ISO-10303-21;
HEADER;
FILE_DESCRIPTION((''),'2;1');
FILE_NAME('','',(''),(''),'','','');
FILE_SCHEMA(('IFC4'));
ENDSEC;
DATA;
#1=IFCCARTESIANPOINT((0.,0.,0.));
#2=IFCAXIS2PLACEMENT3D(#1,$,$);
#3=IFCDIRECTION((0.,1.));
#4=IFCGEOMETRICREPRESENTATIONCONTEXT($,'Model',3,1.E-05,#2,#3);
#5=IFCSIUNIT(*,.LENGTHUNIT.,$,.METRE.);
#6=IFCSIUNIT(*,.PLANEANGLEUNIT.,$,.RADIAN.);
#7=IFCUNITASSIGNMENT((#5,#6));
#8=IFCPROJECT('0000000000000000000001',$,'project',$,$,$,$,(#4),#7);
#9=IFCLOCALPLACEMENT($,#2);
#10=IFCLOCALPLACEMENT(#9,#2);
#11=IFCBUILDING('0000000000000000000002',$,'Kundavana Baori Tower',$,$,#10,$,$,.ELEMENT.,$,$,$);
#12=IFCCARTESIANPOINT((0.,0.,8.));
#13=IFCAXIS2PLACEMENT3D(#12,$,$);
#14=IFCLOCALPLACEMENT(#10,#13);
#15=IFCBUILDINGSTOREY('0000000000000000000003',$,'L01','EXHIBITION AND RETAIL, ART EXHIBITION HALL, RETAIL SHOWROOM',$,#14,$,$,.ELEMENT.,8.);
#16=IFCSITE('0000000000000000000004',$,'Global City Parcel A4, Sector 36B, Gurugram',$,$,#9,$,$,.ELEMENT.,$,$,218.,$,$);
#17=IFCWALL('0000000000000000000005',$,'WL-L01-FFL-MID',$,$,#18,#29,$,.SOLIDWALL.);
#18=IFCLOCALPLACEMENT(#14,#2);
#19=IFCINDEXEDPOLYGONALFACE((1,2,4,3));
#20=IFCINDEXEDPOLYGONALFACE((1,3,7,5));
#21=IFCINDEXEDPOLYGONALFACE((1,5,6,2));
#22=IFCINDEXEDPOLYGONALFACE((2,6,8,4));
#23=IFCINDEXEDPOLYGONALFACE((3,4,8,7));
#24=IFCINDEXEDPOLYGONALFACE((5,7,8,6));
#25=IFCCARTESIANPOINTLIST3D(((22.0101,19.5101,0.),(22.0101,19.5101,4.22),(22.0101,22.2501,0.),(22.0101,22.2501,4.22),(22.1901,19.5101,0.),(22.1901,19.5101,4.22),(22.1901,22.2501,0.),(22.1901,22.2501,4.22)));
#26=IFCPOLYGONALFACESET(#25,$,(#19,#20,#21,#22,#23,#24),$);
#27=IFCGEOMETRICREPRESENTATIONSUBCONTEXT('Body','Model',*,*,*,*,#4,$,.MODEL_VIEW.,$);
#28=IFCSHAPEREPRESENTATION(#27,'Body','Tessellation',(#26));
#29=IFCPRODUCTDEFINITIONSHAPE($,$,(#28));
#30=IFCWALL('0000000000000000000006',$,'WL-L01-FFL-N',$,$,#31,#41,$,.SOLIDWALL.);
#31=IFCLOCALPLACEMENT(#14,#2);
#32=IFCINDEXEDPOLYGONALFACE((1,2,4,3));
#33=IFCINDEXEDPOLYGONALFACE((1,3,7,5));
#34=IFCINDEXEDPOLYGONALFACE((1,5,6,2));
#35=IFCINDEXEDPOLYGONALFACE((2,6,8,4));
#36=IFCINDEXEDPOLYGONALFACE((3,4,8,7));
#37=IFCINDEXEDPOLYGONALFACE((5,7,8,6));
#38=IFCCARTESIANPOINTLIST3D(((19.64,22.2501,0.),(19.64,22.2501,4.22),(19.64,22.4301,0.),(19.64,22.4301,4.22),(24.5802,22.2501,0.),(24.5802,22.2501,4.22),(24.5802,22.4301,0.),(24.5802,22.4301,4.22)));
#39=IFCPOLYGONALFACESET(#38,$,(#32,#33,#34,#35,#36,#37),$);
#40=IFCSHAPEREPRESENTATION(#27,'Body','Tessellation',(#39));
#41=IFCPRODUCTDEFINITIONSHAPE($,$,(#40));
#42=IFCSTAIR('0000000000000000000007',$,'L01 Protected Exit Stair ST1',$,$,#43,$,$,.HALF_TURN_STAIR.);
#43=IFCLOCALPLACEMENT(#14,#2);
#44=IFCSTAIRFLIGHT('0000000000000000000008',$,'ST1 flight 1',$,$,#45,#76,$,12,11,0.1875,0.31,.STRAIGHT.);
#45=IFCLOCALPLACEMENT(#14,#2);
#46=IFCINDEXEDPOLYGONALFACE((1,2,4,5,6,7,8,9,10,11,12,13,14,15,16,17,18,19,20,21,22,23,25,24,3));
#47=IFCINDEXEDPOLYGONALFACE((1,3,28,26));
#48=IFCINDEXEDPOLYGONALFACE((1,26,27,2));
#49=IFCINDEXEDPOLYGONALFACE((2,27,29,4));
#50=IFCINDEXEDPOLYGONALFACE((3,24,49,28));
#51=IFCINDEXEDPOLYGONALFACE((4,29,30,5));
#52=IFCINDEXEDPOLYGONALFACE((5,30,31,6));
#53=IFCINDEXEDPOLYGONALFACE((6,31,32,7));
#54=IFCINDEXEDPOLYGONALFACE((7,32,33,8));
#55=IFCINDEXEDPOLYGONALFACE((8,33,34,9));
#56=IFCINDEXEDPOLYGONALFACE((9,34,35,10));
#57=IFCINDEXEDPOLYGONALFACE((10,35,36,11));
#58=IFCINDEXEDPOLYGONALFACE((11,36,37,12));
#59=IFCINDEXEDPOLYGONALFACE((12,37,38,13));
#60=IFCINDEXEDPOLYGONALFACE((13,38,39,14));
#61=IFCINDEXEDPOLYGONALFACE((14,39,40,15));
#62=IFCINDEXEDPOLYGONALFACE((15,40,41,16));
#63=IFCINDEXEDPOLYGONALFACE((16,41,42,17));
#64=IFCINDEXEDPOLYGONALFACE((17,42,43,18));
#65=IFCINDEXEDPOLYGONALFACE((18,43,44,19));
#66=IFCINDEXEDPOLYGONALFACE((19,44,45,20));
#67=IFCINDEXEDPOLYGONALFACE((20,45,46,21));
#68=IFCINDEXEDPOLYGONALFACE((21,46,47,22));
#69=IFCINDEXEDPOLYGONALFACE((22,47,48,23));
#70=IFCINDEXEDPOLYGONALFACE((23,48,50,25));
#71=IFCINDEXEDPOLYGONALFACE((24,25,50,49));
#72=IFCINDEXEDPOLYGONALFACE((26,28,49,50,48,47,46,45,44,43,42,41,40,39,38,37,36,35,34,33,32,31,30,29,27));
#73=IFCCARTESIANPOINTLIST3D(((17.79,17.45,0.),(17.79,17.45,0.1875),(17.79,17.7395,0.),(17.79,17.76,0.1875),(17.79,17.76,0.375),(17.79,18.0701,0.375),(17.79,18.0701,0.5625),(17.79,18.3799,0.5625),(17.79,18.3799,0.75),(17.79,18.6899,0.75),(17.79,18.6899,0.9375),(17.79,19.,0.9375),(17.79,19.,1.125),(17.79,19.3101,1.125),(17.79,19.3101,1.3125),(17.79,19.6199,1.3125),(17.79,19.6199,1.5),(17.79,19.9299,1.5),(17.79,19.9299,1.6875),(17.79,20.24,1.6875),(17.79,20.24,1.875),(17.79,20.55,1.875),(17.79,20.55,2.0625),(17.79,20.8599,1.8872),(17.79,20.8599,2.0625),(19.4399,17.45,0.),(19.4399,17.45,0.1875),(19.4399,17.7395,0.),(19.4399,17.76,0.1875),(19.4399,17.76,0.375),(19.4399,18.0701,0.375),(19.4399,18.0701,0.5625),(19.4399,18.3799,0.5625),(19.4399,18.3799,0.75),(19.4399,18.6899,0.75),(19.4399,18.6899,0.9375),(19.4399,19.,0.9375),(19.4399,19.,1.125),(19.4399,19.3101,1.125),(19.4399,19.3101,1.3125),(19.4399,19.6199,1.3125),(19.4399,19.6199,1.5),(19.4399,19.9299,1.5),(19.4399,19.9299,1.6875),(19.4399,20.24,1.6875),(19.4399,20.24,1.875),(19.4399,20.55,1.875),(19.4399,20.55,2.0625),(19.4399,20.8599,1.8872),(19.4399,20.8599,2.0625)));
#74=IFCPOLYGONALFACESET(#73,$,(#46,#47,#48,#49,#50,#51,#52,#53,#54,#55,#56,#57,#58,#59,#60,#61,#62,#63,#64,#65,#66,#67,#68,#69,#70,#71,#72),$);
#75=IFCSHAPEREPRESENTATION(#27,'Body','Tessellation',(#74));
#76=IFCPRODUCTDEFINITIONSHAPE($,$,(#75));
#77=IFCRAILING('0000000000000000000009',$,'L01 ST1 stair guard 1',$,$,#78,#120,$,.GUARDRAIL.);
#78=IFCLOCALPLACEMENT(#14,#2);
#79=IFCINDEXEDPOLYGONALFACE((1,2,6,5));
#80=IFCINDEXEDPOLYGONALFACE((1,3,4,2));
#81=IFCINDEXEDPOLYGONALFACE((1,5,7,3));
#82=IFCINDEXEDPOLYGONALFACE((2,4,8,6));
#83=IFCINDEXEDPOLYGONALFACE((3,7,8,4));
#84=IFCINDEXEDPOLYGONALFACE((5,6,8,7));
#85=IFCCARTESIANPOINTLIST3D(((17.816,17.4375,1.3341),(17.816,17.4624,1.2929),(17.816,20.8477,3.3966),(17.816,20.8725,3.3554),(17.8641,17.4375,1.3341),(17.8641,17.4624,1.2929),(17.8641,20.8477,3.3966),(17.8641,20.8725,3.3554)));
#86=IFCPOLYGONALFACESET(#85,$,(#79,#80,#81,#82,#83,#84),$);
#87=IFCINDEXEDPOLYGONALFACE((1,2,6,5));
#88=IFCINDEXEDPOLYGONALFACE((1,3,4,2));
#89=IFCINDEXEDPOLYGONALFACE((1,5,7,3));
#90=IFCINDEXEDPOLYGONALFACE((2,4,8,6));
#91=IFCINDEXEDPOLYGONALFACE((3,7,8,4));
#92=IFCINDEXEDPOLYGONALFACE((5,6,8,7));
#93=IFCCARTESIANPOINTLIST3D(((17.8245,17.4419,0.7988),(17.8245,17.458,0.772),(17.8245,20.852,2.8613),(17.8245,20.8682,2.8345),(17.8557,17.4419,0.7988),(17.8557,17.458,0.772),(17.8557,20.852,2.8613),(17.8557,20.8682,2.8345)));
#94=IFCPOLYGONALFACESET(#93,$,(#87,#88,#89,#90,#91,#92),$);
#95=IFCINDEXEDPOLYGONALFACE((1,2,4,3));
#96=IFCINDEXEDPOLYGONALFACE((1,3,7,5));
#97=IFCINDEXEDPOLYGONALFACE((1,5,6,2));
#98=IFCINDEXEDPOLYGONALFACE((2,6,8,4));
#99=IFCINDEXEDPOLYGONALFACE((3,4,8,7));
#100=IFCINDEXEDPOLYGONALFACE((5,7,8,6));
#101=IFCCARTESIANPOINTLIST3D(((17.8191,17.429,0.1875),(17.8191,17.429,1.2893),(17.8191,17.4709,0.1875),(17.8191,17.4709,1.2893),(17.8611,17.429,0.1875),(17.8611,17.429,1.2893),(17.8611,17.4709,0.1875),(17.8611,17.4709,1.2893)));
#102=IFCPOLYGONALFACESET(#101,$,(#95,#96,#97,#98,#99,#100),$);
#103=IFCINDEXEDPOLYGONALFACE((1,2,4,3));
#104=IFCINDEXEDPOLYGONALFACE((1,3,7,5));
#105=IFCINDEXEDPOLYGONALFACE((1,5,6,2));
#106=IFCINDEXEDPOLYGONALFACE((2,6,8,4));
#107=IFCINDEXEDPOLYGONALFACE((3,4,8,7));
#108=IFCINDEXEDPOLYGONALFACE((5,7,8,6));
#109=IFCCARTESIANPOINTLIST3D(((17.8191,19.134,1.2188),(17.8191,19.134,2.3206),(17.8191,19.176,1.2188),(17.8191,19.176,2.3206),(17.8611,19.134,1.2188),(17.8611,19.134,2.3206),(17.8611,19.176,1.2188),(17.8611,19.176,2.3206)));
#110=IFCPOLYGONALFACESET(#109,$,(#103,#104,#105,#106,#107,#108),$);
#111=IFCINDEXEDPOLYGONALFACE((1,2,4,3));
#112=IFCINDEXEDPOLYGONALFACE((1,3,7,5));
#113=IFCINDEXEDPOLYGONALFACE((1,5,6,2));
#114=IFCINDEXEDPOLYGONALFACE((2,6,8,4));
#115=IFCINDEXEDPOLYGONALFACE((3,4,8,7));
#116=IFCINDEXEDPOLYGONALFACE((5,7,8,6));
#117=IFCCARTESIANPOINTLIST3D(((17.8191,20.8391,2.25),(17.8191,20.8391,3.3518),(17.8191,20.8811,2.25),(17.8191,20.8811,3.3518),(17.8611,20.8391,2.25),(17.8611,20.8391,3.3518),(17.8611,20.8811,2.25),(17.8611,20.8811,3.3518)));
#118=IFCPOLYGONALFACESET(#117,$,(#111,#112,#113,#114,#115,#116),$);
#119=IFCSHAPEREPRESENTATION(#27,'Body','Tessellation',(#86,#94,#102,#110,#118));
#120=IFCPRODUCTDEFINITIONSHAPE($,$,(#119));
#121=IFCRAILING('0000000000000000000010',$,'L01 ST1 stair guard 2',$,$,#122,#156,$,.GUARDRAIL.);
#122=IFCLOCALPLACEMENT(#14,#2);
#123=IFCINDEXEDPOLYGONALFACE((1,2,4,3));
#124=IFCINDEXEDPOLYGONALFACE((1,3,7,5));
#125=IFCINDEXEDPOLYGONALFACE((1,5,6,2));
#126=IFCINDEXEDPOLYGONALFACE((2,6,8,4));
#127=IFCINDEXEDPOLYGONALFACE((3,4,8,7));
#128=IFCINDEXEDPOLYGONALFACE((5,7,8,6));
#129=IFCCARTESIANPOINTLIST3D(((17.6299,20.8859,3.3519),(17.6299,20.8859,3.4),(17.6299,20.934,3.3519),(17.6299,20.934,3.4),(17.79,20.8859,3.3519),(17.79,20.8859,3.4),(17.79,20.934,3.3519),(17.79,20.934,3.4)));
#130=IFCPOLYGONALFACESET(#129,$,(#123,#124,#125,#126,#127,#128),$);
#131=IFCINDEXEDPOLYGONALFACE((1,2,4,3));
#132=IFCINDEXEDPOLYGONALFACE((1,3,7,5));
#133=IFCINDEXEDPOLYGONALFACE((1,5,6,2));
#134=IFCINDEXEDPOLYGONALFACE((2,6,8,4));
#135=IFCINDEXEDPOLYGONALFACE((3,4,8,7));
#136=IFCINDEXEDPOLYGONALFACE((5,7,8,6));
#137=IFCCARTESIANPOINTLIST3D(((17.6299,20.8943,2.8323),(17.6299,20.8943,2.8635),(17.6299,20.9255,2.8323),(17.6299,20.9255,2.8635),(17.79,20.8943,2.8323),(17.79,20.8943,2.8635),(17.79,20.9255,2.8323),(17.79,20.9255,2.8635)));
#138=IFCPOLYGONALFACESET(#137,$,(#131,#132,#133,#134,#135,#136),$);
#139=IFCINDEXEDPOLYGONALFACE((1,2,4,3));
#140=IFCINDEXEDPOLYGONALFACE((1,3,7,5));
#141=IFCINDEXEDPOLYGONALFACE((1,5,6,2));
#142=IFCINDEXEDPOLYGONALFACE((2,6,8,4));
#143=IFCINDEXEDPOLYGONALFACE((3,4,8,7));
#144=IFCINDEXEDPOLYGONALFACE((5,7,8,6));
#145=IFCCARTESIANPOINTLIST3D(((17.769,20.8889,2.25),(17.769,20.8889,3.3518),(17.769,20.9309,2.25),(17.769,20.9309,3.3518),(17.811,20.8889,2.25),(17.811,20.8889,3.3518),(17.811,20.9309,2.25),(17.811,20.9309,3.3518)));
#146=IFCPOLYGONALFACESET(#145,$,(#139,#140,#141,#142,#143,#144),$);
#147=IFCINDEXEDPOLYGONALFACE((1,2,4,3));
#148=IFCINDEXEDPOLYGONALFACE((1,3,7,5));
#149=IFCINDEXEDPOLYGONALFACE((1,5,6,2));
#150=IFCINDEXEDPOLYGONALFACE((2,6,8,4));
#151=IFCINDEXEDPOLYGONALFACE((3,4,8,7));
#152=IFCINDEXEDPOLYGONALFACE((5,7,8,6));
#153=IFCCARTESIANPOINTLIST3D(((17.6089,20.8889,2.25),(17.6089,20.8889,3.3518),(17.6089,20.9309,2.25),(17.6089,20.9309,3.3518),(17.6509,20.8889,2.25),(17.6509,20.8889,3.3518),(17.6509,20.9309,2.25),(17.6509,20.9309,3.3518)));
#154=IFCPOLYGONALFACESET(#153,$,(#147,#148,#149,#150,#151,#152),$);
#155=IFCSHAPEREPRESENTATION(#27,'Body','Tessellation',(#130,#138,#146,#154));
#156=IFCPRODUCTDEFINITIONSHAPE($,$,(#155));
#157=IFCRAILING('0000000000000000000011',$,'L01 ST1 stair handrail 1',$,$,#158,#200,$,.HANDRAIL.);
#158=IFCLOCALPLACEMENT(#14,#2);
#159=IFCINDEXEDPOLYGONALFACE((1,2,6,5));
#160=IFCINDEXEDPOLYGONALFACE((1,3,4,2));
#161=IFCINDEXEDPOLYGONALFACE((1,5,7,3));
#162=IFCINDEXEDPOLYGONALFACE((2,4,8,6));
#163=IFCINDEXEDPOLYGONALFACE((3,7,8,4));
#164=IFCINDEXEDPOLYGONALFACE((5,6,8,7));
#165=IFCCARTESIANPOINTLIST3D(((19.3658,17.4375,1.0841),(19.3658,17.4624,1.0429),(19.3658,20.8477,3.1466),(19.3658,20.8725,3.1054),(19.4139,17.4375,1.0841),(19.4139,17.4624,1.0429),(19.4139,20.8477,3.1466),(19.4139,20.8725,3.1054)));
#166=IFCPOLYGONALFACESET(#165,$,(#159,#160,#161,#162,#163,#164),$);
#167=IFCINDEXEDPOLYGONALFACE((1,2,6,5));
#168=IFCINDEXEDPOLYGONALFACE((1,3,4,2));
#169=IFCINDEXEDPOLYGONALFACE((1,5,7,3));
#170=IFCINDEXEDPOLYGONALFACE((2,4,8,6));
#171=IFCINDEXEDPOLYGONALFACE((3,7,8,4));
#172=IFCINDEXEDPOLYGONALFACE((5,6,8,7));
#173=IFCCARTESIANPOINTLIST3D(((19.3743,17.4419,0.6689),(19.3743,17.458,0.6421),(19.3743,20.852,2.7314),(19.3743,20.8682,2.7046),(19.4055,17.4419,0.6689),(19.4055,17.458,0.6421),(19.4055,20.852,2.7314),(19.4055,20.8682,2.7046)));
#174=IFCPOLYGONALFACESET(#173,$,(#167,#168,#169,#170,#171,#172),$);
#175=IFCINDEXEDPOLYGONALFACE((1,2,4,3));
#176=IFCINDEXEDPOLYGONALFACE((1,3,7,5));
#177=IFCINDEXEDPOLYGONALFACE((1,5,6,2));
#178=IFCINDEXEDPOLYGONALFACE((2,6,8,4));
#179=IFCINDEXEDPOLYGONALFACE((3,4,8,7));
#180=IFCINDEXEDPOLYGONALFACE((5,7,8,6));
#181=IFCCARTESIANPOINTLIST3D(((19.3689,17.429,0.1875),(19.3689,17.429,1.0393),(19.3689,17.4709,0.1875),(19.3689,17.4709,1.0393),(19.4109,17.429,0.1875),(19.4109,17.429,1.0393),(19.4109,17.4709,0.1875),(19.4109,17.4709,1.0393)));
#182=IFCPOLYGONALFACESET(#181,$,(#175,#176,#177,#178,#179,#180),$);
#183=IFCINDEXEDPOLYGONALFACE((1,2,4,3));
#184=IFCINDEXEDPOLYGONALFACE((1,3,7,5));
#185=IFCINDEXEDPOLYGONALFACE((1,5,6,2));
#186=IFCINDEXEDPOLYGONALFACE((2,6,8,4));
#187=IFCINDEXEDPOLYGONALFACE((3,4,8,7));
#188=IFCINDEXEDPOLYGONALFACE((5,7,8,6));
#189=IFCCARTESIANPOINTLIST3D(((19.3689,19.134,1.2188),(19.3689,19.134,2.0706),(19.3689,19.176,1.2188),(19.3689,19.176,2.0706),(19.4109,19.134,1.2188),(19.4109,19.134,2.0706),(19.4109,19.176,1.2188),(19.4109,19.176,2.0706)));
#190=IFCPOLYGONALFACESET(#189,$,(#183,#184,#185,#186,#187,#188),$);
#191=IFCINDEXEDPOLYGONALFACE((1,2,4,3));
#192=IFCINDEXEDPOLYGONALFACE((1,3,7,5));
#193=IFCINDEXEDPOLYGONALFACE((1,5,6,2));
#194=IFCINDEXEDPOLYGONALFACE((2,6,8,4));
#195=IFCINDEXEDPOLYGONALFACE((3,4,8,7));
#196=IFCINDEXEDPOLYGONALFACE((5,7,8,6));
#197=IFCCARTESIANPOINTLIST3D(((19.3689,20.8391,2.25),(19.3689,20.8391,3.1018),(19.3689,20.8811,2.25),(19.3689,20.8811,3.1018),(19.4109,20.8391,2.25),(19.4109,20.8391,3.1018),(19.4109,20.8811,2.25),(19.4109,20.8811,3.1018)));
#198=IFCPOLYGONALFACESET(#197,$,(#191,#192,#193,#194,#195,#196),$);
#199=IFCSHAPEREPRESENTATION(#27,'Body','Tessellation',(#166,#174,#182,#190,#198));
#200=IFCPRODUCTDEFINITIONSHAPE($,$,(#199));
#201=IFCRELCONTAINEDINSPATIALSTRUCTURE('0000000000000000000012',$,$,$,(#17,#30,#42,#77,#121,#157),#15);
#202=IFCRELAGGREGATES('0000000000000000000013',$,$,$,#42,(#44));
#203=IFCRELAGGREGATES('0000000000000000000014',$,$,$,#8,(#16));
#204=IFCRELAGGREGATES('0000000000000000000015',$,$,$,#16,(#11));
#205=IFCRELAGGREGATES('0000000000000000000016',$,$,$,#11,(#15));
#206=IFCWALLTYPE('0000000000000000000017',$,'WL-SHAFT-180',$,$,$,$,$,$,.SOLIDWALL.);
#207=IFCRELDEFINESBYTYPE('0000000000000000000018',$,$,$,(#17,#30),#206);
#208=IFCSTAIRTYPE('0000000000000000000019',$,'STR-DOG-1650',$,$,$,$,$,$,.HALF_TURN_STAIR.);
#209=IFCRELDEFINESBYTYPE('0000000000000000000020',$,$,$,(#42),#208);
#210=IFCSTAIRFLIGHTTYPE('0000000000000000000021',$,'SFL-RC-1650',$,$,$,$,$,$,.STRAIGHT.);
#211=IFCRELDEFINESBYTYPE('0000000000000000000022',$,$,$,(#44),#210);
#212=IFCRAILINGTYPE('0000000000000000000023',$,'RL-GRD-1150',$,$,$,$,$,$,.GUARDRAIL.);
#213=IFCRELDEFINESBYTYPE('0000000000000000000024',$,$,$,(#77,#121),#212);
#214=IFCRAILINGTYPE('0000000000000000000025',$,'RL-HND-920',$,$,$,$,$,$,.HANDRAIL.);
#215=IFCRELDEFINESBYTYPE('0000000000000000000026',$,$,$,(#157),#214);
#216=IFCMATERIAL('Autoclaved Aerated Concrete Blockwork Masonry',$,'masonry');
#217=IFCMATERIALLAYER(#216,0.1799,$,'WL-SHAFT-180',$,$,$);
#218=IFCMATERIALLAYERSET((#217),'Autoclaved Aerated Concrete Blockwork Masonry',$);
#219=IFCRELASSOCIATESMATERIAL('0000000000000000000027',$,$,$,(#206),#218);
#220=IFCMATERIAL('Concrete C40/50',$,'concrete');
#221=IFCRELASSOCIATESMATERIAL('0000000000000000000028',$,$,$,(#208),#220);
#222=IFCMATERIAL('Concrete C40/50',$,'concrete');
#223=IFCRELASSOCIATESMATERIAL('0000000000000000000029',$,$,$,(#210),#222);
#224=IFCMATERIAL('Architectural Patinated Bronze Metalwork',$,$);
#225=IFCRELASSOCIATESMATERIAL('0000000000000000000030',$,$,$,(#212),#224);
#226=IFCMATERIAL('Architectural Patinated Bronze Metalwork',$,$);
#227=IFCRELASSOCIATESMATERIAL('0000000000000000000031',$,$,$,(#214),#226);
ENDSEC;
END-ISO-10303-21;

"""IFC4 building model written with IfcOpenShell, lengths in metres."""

from ifc_helpers import new_model, si_unit, direction, frame, frame_2d, origin, origin_2d, place, context, subcontext, project, spatial, polyline, rectangle, outline, extrude, material, layer, layer_set, type_object, element, aggregate, save


model = new_model("IFC4")

# Units and contexts
model_context = context("Model", 3, precision=1e-05, world=origin(), true_north=direction((0.0, 1.0)))
body_context = subcontext(model_context, "Body", "Model", "MODEL_VIEW")
ifc_project = project(units=[si_unit("LENGTHUNIT", "METRE"), si_unit("PLANEANGLEUNIT", "RADIAN")], contexts=[model_context])

# Site, building, storey
site_placement = place(None, origin())
site = spatial("IfcSite", under=ifc_project, at=site_placement, Name="Global City Parcel A4, Sector 36B, Gurugram", CompositionType="ELEMENT", RefElevation=218.0)
building_placement = place(site_placement, origin())
building = spatial("IfcBuilding", under=site, at=building_placement, Name="Kundavana Baori Tower", CompositionType="ELEMENT")
storey_placement = place(building_placement, frame((0.0, 0.0, 8.0)))
storey = spatial("IfcBuildingStorey", under=building, at=storey_placement, Name="L01", Description="EXHIBITION AND RETAIL, ART EXHIBITION HALL, RETAIL SHOWROOM", CompositionType="ELEMENT", Elevation=8.0)

# Shared definitions
ifc_material_1 = material(Name="Autoclaved Aerated Concrete Blockwork Masonry", Category="masonry")
ifc_layer_1 = layer(ifc_material_1, 0.1799, Name="WL-SHAFT-180")
ifc_layer_set_1 = layer_set([ifc_layer_1], Name="Autoclaved Aerated Concrete Blockwork Masonry")
wall_type_1 = type_object("IfcWallType", Name="WL-SHAFT-180", PredefinedType="SOLIDWALL", material=ifc_layer_set_1)

# Walls
wall_1_placement = place(storey_placement, frame((22.1001, 19.51, 0.0), z_axis=(0.0, 0.0, 1.0), x_axis=(0.0, 1.0, 0.0)))
element("IfcWall", 1, at=wall_1_placement, inside=storey, type_object=wall_type_1, Name="WL-L01-FFL-MID", PredefinedType="SOLIDWALL", context=body_context, shape_type="SweptSolid", body=[
    extrude(rectangle(XDim=2.74, YDim=0.1799, at=frame_2d((1.3701, 0.0))), origin(), (0.0, 0.0, 1.0), 4.22),
])
wall_2_placement = place(storey_placement, frame((19.6399, 22.3401, 0.0), z_axis=(0.0, 0.0, 1.0), x_axis=(1.0, 0.0, 0.0)))
element("IfcWall", 2, at=wall_2_placement, inside=storey, type_object=wall_type_1, Name="WL-L01-FFL-N", PredefinedType="SOLIDWALL", context=body_context, shape_type="SweptSolid", body=[
    extrude(rectangle(XDim=4.9402, YDim=0.1799, at=frame_2d((2.4702, 0.0))), origin(), (0.0, 0.0, 1.0), 4.22),
])

# Stair, stair flight
ifc_material_2 = material(Name="Concrete C40/50", Category="concrete")
stair_type = type_object("IfcStairType", Name="STR-DOG-1650", PredefinedType="HALF_TURN_STAIR", material=ifc_material_2)
stair_placement = place(storey_placement, origin())
stair = element("IfcStair", 3, at=stair_placement, inside=storey, type_object=stair_type, Name="L01 Protected Exit Stair ST1", PredefinedType="HALF_TURN_STAIR")
ifc_material_3 = material(Name="Concrete C40/50", Category="concrete")
stair_flight_type = type_object("IfcStairFlightType", Name="SFL-RC-1650", PredefinedType="STRAIGHT", material=ifc_material_3)
stair_flight_placement = place(storey_placement, frame((18.615, 17.45, 0.0), z_axis=(0.0, 0.0, 1.0), x_axis=(0.0, 1.0, 0.0)))
stair_flight = element("IfcStairFlight", 4, at=stair_flight_placement, type_object=stair_flight_type, Name="ST1 flight 1", NumberOfRisers=12, NumberOfTreads=11, PredefinedType="STRAIGHT", RiserHeight=0.1875, TreadLength=0.31, context=body_context, shape_type="SweptSolid", body=[
    extrude(outline(polyline([(0.0, 0.0), (0.0, 0.1875), (0.3101, 0.1875), (0.3101, 0.375), (0.6201, 0.375), (0.6201, 0.5625), (0.9299, 0.5625), (0.9299, 0.75), (1.24, 0.75), (1.24, 0.9375), (1.55, 0.9375), (1.55, 1.125), (1.8601, 1.125), (1.8601, 1.3125), (2.1699, 1.3125), (2.1699, 1.5), (2.48, 1.5), (2.48, 1.6875), (2.79, 1.6875), (2.79, 1.875), (3.1001, 1.875), (3.1001, 2.0625), (3.4099, 2.0625), (3.4099, 2.25), (3.4099, 1.8872), (0.2896, 0.0), (0.0, 0.0)])), frame((0.0, 0.825, 0.0), z_axis=(0.0, -1.0, 0.0), x_axis=(1.0, 0.0, 0.0)), (0.0, 0.0, 1.0), 1.6499),
])
aggregate(stair, [stair_flight])

# Railings
ifc_material_4 = material(Name="Architectural Patinated Bronze Metalwork")
railing_type_1 = type_object("IfcRailingType", Name="RL-GRD-1150", PredefinedType="GUARDRAIL", material=ifc_material_4)
railing_1_placement = place(storey_placement, frame((17.8401, 17.45, 0.1875)))
element("IfcRailing", 5, at=railing_1_placement, inside=storey, type_object=railing_type_1, Name="L01 ST1 stair guard 1", PredefinedType="GUARDRAIL", context=body_context, shape_type="SweptSolid", body=[
    extrude(rectangle(XDim=0.0481, YDim=0.0481, at=origin_2d()), frame((0.0, 0.0, 1.126), z_axis=(0.0, 0.855671, 0.517519), x_axis=(-1.0, 0.0, 0.0)), (0.0, 0.0, 1.0), 3.9854),
    extrude(rectangle(XDim=0.0312, YDim=0.0312, at=origin_2d()), frame((0.0, 0.0, 0.5979), z_axis=(0.0, 0.855671, 0.517519), x_axis=(-1.0, 0.0, 0.0)), (0.0, 0.0, 1.0), 3.9854),
    extrude(rectangle(XDim=0.042, YDim=0.042, at=origin_2d()), origin(), (0.0, 0.0, 1.0), 1.1018),
    extrude(rectangle(XDim=0.042, YDim=0.042, at=origin_2d()), frame((0.0, 1.7051, 1.0312)), (0.0, 0.0, 1.0), 1.1018),
    extrude(rectangle(XDim=0.042, YDim=0.042, at=origin_2d()), frame((0.0, 3.4102, 2.0625)), (0.0, 0.0, 1.0), 1.1018),
])
railing_2_placement = place(storey_placement, frame((17.79, 20.9099, 2.25)))
element("IfcRailing", 6, at=railing_2_placement, inside=storey, type_object=railing_type_1, Name="L01 ST1 stair guard 2", PredefinedType="GUARDRAIL", context=body_context, shape_type="SweptSolid", body=[
    extrude(rectangle(XDim=0.0481, YDim=0.0481, at=origin_2d()), frame((0.0, 0.0, 1.126), z_axis=(-1.0, 0.0, 0.0), x_axis=(0.0, -1.0, 0.0)), (0.0, 0.0, 1.0), 0.1602),
    extrude(rectangle(XDim=0.0312, YDim=0.0312, at=origin_2d()), frame((0.0, 0.0, 0.5979), z_axis=(-1.0, 0.0, 0.0), x_axis=(0.0, -1.0, 0.0)), (0.0, 0.0, 1.0), 0.1602),
    extrude(rectangle(XDim=0.042, YDim=0.042, at=origin_2d()), origin(), (0.0, 0.0, 1.0), 1.1018),
    extrude(rectangle(XDim=0.042, YDim=0.042, at=origin_2d()), frame((-0.1602, 0.0, 0.0)), (0.0, 0.0, 1.0), 1.1018),
])
ifc_material_5 = material(Name="Architectural Patinated Bronze Metalwork")
railing_type_2 = type_object("IfcRailingType", Name="RL-HND-920", PredefinedType="HANDRAIL", material=ifc_material_5)
railing_3_placement = place(storey_placement, frame((19.3899, 17.45, 0.1875)))
element("IfcRailing", 7, at=railing_3_placement, inside=storey, type_object=railing_type_2, Name="L01 ST1 stair handrail 1", PredefinedType="HANDRAIL", context=body_context, shape_type="SweptSolid", body=[
    extrude(rectangle(XDim=0.0481, YDim=0.0481, at=origin_2d()), frame((0.0, 0.0, 0.876), z_axis=(0.0, 0.855671, 0.517519), x_axis=(-1.0, 0.0, 0.0)), (0.0, 0.0, 1.0), 3.9854),
    extrude(rectangle(XDim=0.0312, YDim=0.0312, at=origin_2d()), frame((0.0, 0.0, 0.468), z_axis=(0.0, 0.855671, 0.517519), x_axis=(-1.0, 0.0, 0.0)), (0.0, 0.0, 1.0), 3.9854),
    extrude(rectangle(XDim=0.042, YDim=0.042, at=origin_2d()), origin(), (0.0, 0.0, 1.0), 0.8518),
    extrude(rectangle(XDim=0.042, YDim=0.042, at=origin_2d()), frame((0.0, 1.7051, 1.0312)), (0.0, 0.0, 1.0), 0.8518),
    extrude(rectangle(XDim=0.042, YDim=0.042, at=origin_2d()), frame((0.0, 3.4102, 2.0625)), (0.0, 0.0, 1.0), 0.8518),
])

save(model, "model.ifc")
